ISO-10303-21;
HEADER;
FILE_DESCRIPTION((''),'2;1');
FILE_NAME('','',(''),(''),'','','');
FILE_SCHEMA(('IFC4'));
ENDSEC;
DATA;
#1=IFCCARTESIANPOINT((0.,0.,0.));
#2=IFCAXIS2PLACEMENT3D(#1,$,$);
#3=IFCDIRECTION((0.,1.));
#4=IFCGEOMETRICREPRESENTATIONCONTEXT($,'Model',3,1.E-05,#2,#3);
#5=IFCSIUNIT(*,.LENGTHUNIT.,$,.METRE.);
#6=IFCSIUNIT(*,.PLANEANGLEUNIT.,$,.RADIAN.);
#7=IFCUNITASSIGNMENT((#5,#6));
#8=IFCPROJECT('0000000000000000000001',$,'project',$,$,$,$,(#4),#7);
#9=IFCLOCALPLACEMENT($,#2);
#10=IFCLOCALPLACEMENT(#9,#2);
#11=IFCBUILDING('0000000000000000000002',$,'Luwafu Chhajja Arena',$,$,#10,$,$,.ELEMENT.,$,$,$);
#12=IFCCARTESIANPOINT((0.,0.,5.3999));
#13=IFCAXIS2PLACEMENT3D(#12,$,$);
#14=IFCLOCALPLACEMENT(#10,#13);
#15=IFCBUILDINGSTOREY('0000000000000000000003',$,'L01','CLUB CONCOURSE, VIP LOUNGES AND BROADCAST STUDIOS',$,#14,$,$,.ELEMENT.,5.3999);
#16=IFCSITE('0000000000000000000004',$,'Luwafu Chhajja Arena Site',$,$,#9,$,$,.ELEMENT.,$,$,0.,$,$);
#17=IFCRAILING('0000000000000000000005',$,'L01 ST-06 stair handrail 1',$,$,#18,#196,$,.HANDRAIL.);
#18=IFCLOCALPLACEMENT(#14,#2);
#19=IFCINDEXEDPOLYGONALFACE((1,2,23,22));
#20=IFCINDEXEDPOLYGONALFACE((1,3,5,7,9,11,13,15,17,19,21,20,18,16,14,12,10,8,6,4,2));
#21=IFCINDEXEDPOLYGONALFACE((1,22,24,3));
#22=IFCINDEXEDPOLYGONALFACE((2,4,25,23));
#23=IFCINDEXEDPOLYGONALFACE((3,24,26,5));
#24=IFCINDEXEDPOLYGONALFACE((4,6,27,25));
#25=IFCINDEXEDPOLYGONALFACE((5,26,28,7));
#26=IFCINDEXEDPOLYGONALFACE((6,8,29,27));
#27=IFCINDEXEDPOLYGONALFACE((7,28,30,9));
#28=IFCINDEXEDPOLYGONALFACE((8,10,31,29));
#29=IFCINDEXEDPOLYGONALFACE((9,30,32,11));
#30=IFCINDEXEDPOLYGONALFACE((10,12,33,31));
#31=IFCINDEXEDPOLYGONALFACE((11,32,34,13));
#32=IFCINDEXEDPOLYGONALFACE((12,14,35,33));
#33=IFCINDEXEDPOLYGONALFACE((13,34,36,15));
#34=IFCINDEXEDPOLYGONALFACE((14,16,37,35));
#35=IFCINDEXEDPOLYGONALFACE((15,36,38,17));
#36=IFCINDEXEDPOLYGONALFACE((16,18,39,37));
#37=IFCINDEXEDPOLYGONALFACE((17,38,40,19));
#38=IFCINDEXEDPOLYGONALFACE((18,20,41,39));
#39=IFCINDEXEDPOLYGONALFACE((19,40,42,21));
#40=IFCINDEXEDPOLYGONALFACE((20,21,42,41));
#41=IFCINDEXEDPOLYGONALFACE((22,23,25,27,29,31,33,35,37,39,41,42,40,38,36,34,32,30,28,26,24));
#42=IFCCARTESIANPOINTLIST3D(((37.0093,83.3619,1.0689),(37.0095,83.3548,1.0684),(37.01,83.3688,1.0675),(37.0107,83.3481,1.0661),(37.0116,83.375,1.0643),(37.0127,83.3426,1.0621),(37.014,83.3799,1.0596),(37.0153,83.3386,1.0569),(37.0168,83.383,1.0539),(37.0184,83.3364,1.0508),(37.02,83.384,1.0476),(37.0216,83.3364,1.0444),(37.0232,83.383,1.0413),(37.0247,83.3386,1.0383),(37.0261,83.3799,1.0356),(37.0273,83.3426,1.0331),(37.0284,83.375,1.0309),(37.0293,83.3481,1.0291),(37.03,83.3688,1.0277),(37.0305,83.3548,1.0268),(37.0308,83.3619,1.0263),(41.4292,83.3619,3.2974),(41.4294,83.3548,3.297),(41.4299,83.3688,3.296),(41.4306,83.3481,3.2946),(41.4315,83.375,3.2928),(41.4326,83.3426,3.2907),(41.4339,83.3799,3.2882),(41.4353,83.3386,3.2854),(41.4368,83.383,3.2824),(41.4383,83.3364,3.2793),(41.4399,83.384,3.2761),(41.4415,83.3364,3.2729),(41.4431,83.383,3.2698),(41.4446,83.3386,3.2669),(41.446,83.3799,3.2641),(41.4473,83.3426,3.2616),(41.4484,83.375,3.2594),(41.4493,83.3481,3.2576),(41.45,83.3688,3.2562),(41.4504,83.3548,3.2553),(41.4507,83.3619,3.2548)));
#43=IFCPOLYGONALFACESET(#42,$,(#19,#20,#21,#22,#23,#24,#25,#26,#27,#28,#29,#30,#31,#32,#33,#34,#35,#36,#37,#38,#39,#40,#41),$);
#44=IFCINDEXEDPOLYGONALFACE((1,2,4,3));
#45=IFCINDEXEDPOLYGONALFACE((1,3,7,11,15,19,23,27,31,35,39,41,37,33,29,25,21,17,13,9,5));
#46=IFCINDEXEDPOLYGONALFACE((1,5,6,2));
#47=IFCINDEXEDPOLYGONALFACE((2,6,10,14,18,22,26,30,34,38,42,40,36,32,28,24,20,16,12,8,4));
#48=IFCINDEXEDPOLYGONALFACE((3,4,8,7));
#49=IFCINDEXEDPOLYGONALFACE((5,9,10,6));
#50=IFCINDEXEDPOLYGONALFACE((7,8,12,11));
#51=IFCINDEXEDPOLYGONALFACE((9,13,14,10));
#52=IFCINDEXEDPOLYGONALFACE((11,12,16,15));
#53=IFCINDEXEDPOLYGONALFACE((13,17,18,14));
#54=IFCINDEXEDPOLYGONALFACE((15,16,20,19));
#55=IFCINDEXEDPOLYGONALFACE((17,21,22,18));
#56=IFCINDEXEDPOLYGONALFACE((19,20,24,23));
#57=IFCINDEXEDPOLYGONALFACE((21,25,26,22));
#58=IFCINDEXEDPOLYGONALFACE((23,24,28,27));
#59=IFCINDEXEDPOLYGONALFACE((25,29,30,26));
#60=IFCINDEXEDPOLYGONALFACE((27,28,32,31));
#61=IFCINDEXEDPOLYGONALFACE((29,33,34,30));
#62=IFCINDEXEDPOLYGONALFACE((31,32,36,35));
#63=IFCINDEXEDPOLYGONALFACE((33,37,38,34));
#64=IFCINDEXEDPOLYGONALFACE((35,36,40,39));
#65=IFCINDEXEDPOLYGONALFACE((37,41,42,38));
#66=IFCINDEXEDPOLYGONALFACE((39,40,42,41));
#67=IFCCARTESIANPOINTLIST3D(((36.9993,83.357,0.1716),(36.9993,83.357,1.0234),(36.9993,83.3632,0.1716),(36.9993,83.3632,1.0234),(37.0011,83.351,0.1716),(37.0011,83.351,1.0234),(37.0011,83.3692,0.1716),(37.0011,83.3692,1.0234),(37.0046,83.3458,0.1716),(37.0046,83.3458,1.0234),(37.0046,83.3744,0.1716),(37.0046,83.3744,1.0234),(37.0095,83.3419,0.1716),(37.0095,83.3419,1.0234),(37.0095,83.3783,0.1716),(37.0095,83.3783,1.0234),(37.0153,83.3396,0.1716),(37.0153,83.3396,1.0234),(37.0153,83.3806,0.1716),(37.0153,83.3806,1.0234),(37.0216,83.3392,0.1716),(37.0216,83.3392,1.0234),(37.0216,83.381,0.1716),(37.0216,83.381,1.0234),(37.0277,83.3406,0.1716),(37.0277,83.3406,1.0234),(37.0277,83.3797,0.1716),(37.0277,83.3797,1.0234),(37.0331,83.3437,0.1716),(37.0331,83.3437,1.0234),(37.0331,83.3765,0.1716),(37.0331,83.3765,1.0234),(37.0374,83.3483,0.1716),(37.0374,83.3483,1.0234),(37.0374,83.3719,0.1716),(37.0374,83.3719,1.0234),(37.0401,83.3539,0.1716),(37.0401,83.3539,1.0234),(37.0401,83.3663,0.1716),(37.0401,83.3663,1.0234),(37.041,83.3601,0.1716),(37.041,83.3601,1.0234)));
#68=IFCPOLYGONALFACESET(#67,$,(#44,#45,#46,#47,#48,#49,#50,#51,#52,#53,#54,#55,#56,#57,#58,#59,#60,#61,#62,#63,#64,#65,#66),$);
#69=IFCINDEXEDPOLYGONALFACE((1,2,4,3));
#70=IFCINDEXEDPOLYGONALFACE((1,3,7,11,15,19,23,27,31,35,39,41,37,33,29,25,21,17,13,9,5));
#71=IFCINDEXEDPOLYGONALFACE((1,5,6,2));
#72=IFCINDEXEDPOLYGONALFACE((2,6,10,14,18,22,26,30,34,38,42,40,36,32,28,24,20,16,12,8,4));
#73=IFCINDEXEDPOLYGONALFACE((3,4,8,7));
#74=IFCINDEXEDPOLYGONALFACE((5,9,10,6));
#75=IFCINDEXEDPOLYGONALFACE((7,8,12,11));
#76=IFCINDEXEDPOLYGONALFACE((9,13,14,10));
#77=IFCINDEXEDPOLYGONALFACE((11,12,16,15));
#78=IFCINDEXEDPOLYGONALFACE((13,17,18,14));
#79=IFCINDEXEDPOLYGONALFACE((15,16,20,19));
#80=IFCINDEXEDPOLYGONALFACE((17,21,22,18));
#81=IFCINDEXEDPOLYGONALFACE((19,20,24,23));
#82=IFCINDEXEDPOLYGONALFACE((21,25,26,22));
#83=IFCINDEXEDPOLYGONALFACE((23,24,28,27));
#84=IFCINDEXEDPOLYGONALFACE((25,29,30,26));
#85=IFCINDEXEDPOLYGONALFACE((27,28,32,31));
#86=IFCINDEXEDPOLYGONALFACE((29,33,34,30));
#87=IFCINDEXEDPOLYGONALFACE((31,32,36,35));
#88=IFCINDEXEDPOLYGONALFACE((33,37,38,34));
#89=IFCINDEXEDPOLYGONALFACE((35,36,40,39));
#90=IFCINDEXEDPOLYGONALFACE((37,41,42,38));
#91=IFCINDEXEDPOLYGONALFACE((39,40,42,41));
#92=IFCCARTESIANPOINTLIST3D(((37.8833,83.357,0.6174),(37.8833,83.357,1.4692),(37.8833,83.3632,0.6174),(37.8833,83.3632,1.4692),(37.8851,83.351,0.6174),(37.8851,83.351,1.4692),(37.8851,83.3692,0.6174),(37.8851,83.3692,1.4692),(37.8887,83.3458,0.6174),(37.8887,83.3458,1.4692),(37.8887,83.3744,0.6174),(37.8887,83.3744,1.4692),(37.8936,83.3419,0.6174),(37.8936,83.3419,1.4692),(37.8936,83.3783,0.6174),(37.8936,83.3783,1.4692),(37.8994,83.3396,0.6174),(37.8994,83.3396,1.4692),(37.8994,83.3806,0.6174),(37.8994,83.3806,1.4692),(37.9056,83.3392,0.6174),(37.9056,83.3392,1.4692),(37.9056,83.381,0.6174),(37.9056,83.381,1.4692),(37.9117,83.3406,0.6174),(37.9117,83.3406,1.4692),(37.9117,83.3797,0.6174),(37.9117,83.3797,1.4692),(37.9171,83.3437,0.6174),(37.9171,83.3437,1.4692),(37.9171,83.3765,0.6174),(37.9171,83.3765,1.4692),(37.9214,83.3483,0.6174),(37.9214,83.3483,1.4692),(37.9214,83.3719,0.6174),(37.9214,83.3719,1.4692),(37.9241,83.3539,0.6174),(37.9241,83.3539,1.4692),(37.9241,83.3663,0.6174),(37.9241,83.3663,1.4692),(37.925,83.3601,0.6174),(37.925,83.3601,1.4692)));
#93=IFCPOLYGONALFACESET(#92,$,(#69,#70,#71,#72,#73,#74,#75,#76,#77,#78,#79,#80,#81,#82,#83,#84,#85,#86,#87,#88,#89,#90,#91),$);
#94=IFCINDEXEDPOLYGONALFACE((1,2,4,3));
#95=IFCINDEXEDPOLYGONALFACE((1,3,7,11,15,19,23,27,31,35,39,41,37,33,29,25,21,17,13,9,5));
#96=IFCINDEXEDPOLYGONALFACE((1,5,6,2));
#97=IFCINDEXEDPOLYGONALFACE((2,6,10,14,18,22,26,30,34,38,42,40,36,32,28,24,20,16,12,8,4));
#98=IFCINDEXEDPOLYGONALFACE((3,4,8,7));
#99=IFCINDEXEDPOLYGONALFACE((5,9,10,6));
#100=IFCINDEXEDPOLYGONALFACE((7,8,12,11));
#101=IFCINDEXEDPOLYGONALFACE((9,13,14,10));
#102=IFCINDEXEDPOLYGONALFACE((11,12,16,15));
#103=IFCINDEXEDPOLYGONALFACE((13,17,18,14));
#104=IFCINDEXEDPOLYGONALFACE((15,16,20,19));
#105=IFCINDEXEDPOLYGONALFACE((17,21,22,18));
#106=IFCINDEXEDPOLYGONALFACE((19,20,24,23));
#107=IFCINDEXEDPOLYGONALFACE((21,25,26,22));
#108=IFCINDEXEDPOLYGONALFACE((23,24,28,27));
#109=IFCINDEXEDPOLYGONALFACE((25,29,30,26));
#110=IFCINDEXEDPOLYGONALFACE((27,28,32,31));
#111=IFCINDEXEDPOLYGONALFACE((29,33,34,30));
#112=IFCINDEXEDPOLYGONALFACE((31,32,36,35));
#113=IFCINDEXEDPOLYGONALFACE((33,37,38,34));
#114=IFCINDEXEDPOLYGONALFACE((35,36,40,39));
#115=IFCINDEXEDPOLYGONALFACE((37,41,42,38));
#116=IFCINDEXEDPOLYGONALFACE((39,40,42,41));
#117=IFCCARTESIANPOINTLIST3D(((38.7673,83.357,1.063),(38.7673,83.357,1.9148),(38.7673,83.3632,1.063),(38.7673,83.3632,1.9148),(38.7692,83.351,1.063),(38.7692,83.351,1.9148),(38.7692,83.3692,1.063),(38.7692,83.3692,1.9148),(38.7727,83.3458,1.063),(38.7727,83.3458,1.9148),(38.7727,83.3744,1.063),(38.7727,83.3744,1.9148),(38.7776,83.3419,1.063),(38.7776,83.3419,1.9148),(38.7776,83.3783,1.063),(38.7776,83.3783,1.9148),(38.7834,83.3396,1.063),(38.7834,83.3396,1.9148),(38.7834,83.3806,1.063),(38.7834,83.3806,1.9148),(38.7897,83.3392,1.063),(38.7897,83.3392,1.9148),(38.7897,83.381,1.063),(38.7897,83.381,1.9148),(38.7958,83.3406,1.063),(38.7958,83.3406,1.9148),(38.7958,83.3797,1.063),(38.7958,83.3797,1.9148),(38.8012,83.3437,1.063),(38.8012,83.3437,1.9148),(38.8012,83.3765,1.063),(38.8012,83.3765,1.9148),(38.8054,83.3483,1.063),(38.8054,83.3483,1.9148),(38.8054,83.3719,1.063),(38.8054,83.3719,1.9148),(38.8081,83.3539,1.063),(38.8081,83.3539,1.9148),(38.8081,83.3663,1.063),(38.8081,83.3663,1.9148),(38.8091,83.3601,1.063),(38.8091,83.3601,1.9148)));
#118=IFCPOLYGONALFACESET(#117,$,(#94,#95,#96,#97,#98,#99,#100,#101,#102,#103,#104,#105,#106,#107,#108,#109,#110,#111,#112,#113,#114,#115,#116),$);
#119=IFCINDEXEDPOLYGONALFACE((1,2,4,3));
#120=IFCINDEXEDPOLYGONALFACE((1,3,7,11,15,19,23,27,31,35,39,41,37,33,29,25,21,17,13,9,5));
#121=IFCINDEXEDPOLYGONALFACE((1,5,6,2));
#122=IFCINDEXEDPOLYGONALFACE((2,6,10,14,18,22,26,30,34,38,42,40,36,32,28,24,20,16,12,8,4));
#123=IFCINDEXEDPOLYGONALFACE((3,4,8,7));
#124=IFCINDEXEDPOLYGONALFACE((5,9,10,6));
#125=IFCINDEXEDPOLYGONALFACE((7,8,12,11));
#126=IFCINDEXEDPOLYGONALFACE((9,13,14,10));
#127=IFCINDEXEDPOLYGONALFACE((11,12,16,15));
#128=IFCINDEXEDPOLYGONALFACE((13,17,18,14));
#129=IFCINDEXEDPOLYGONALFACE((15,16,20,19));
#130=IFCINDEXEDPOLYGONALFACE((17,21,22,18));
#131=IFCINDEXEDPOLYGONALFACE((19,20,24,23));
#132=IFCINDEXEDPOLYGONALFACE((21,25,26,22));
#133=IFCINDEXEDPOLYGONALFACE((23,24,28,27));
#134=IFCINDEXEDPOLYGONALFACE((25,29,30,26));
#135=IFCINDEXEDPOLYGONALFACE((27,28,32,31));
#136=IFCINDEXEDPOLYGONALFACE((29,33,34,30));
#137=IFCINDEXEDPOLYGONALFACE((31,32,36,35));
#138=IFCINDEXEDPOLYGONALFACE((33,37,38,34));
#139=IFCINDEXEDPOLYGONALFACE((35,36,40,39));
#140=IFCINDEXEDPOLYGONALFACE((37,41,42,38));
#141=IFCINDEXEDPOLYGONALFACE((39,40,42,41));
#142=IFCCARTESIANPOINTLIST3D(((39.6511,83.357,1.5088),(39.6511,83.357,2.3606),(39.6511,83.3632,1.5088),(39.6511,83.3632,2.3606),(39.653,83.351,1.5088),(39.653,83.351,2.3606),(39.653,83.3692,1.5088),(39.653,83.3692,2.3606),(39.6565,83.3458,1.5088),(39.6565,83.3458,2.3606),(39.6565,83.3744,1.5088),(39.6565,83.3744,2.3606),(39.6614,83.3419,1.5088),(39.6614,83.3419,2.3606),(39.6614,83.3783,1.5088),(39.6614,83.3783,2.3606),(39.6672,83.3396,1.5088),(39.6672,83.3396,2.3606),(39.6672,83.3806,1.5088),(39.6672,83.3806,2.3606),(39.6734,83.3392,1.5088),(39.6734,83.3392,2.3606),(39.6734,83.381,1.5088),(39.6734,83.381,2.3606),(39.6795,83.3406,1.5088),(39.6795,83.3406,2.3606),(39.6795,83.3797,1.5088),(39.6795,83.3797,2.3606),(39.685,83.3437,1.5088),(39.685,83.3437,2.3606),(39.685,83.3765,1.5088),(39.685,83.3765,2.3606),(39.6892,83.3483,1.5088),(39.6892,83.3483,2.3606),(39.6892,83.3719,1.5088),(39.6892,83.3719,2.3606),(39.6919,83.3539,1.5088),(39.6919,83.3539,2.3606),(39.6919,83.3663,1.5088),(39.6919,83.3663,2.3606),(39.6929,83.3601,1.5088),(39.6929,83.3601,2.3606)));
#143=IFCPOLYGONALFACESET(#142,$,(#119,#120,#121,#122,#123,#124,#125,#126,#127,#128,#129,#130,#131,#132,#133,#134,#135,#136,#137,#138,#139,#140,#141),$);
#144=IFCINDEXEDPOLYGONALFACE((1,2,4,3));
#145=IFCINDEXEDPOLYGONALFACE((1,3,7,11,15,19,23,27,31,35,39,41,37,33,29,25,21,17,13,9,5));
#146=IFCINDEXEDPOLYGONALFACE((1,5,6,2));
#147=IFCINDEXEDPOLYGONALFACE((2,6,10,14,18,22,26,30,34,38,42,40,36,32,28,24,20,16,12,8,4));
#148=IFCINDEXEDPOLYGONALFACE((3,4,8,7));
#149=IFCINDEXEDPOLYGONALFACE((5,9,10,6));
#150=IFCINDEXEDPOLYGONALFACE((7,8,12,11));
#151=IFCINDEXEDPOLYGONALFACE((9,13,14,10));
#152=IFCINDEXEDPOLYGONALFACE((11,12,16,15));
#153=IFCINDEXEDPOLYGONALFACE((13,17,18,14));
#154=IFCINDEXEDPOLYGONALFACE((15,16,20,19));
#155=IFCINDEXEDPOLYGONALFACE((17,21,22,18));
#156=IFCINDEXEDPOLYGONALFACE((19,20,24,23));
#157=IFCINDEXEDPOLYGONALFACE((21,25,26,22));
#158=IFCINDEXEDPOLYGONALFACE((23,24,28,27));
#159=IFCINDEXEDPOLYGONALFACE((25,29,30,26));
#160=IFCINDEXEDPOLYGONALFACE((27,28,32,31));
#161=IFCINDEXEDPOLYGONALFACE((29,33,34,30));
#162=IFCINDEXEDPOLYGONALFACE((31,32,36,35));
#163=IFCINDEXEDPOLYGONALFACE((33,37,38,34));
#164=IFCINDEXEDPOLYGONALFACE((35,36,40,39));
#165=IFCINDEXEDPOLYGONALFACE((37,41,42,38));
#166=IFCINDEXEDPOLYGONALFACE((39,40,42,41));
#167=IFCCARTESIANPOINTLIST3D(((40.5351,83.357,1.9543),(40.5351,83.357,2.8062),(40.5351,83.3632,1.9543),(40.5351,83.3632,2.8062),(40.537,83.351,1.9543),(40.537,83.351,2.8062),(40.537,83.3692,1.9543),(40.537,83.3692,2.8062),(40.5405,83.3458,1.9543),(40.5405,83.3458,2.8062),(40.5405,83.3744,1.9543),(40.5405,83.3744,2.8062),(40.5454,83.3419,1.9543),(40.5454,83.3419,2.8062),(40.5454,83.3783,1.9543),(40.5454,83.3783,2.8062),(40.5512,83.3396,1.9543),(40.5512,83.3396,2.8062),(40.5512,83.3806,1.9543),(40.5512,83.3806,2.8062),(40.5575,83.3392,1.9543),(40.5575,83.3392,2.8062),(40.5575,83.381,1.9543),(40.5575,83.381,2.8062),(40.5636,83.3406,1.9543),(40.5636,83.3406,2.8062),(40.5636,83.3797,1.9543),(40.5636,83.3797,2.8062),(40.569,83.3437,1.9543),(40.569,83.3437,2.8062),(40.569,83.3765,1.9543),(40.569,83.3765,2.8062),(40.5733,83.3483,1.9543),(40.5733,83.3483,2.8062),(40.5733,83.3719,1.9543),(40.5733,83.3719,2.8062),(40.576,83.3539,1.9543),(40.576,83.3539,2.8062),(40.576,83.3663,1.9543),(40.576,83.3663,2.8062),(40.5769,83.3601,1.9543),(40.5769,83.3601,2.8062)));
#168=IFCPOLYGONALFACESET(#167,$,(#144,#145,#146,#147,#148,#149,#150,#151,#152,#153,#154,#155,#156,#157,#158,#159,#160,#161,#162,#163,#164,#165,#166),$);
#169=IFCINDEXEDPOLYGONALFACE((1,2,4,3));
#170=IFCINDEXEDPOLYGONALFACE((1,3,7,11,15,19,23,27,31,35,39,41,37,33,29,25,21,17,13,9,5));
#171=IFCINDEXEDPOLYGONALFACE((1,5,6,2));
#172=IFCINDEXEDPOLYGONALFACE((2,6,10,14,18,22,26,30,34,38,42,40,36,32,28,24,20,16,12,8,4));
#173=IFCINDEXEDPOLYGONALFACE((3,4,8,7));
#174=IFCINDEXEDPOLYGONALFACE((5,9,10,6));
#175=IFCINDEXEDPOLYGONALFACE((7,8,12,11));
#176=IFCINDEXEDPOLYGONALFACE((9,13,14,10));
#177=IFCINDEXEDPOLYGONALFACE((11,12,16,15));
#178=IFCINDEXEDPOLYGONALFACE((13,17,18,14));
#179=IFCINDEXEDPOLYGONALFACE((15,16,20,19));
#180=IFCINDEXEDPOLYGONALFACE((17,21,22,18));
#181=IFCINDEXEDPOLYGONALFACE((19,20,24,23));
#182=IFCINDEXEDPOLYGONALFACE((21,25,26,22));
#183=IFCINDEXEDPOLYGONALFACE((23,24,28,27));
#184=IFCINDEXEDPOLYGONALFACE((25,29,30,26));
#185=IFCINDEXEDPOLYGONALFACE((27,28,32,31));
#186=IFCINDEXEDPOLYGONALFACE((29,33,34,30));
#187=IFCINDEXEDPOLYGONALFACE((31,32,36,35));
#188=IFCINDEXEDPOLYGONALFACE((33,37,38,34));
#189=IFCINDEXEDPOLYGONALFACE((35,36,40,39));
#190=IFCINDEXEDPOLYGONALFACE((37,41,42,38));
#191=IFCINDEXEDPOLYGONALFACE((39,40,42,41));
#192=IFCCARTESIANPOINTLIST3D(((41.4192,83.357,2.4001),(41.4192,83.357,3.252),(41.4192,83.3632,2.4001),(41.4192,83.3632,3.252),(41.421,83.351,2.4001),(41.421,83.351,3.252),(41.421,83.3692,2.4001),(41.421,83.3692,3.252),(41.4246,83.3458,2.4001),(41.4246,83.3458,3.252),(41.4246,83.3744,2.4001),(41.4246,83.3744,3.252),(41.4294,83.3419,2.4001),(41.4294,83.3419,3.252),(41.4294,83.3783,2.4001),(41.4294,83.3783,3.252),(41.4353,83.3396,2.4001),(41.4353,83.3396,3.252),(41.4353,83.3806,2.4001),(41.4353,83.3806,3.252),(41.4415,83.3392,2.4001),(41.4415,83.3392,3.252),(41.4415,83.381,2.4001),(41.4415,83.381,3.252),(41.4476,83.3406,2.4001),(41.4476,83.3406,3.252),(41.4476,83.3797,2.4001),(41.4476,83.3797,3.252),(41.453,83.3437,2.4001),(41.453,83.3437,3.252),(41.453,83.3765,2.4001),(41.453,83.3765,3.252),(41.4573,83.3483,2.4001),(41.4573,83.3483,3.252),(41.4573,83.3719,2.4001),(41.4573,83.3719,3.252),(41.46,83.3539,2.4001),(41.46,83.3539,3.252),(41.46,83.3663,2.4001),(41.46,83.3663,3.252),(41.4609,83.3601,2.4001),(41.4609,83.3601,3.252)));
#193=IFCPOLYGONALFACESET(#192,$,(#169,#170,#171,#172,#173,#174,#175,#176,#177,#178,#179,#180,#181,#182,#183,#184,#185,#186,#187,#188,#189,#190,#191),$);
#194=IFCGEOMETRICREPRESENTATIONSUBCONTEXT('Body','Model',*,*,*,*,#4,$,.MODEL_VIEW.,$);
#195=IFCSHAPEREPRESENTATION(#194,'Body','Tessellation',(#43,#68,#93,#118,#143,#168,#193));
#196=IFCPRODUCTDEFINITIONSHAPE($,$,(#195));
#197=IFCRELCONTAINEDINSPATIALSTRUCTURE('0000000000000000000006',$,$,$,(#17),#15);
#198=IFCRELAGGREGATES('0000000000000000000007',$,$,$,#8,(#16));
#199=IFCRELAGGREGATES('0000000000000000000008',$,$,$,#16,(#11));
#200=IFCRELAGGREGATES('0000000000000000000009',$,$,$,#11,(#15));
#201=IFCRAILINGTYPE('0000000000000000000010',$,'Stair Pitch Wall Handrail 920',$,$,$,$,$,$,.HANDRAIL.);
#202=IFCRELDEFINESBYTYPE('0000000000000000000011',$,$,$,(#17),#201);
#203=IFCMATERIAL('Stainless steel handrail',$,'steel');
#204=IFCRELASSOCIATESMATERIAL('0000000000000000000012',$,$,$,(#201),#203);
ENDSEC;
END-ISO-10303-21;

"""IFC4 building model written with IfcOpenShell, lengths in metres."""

from ifc_helpers import new_model, si_unit, direction, frame, origin, origin_2d, place, context, subcontext, project, spatial, circle, extrude, material, type_object, element, save


model = new_model("IFC4")

# Units and contexts
model_context = context("Model", 3, precision=1e-05, world=origin(), true_north=direction((0.0, 1.0)))
body_context = subcontext(model_context, "Body", "Model", "MODEL_VIEW")
ifc_project = project(units=[si_unit("LENGTHUNIT", "METRE"), si_unit("PLANEANGLEUNIT", "RADIAN")], contexts=[model_context])

# Site, building, storey
site_placement = place(None, origin())
site = spatial("IfcSite", under=ifc_project, at=site_placement, Name="Luwafu Chhajja Arena Site", CompositionType="ELEMENT", RefElevation=0.0)
building_placement = place(site_placement, origin())
building = spatial("IfcBuilding", under=site, at=building_placement, Name="Luwafu Chhajja Arena", CompositionType="ELEMENT")
storey_placement = place(building_placement, frame((0.0, 0.0, 5.3999)))
storey = spatial("IfcBuildingStorey", under=building, at=storey_placement, Name="L01", Description="CLUB CONCOURSE, VIP LOUNGES AND BROADCAST STUDIOS", CompositionType="ELEMENT", Elevation=5.3999)

# Railing
ifc_material_1 = material(Name="Stainless steel handrail", Category="steel")
railing_type_1 = type_object("IfcRailingType", Name="Stair Pitch Wall Handrail 920", PredefinedType="HANDRAIL", material=ifc_material_1)
railing_1_placement = place(storey_placement, frame((37.02, 83.3601, 0.1716)))
element("IfcRailing", 1, at=railing_1_placement, inside=storey, type_object=railing_type_1, Name="L01 ST-06 stair handrail 1", PredefinedType="HANDRAIL", context=body_context, shape_type="SweptSolid", body=[
    extrude(circle(Radius=0.0239, at=origin_2d()), frame((0.0, 0.0, 0.876), z_axis=(0.892923, 0.0, 0.45021), x_axis=(0.0, 1.0, 0.0)), (0.0, 0.0, 1.0), 4.95),
    extrude(circle(Radius=0.021, at=origin_2d()), origin(), (0.0, 0.0, 1.0), 0.8518),
    extrude(circle(Radius=0.021, at=origin_2d()), frame((0.884, 0.0, 0.4458)), (0.0, 0.0, 1.0), 0.8518),
    extrude(circle(Radius=0.021, at=origin_2d()), frame((1.7681, 0.0, 0.8914)), (0.0, 0.0, 1.0), 0.8518),
    extrude(circle(Radius=0.021, at=origin_2d()), frame((2.6519, 0.0, 1.3372)), (0.0, 0.0, 1.0), 0.8518),
    extrude(circle(Radius=0.021, at=origin_2d()), frame((3.5359, 0.0, 1.7827)), (0.0, 0.0, 1.0), 0.8518),
    extrude(circle(Radius=0.021, at=origin_2d()), frame((4.4199, 0.0, 2.2285)), (0.0, 0.0, 1.0), 0.8518),
])

save(model, "model.ifc")
